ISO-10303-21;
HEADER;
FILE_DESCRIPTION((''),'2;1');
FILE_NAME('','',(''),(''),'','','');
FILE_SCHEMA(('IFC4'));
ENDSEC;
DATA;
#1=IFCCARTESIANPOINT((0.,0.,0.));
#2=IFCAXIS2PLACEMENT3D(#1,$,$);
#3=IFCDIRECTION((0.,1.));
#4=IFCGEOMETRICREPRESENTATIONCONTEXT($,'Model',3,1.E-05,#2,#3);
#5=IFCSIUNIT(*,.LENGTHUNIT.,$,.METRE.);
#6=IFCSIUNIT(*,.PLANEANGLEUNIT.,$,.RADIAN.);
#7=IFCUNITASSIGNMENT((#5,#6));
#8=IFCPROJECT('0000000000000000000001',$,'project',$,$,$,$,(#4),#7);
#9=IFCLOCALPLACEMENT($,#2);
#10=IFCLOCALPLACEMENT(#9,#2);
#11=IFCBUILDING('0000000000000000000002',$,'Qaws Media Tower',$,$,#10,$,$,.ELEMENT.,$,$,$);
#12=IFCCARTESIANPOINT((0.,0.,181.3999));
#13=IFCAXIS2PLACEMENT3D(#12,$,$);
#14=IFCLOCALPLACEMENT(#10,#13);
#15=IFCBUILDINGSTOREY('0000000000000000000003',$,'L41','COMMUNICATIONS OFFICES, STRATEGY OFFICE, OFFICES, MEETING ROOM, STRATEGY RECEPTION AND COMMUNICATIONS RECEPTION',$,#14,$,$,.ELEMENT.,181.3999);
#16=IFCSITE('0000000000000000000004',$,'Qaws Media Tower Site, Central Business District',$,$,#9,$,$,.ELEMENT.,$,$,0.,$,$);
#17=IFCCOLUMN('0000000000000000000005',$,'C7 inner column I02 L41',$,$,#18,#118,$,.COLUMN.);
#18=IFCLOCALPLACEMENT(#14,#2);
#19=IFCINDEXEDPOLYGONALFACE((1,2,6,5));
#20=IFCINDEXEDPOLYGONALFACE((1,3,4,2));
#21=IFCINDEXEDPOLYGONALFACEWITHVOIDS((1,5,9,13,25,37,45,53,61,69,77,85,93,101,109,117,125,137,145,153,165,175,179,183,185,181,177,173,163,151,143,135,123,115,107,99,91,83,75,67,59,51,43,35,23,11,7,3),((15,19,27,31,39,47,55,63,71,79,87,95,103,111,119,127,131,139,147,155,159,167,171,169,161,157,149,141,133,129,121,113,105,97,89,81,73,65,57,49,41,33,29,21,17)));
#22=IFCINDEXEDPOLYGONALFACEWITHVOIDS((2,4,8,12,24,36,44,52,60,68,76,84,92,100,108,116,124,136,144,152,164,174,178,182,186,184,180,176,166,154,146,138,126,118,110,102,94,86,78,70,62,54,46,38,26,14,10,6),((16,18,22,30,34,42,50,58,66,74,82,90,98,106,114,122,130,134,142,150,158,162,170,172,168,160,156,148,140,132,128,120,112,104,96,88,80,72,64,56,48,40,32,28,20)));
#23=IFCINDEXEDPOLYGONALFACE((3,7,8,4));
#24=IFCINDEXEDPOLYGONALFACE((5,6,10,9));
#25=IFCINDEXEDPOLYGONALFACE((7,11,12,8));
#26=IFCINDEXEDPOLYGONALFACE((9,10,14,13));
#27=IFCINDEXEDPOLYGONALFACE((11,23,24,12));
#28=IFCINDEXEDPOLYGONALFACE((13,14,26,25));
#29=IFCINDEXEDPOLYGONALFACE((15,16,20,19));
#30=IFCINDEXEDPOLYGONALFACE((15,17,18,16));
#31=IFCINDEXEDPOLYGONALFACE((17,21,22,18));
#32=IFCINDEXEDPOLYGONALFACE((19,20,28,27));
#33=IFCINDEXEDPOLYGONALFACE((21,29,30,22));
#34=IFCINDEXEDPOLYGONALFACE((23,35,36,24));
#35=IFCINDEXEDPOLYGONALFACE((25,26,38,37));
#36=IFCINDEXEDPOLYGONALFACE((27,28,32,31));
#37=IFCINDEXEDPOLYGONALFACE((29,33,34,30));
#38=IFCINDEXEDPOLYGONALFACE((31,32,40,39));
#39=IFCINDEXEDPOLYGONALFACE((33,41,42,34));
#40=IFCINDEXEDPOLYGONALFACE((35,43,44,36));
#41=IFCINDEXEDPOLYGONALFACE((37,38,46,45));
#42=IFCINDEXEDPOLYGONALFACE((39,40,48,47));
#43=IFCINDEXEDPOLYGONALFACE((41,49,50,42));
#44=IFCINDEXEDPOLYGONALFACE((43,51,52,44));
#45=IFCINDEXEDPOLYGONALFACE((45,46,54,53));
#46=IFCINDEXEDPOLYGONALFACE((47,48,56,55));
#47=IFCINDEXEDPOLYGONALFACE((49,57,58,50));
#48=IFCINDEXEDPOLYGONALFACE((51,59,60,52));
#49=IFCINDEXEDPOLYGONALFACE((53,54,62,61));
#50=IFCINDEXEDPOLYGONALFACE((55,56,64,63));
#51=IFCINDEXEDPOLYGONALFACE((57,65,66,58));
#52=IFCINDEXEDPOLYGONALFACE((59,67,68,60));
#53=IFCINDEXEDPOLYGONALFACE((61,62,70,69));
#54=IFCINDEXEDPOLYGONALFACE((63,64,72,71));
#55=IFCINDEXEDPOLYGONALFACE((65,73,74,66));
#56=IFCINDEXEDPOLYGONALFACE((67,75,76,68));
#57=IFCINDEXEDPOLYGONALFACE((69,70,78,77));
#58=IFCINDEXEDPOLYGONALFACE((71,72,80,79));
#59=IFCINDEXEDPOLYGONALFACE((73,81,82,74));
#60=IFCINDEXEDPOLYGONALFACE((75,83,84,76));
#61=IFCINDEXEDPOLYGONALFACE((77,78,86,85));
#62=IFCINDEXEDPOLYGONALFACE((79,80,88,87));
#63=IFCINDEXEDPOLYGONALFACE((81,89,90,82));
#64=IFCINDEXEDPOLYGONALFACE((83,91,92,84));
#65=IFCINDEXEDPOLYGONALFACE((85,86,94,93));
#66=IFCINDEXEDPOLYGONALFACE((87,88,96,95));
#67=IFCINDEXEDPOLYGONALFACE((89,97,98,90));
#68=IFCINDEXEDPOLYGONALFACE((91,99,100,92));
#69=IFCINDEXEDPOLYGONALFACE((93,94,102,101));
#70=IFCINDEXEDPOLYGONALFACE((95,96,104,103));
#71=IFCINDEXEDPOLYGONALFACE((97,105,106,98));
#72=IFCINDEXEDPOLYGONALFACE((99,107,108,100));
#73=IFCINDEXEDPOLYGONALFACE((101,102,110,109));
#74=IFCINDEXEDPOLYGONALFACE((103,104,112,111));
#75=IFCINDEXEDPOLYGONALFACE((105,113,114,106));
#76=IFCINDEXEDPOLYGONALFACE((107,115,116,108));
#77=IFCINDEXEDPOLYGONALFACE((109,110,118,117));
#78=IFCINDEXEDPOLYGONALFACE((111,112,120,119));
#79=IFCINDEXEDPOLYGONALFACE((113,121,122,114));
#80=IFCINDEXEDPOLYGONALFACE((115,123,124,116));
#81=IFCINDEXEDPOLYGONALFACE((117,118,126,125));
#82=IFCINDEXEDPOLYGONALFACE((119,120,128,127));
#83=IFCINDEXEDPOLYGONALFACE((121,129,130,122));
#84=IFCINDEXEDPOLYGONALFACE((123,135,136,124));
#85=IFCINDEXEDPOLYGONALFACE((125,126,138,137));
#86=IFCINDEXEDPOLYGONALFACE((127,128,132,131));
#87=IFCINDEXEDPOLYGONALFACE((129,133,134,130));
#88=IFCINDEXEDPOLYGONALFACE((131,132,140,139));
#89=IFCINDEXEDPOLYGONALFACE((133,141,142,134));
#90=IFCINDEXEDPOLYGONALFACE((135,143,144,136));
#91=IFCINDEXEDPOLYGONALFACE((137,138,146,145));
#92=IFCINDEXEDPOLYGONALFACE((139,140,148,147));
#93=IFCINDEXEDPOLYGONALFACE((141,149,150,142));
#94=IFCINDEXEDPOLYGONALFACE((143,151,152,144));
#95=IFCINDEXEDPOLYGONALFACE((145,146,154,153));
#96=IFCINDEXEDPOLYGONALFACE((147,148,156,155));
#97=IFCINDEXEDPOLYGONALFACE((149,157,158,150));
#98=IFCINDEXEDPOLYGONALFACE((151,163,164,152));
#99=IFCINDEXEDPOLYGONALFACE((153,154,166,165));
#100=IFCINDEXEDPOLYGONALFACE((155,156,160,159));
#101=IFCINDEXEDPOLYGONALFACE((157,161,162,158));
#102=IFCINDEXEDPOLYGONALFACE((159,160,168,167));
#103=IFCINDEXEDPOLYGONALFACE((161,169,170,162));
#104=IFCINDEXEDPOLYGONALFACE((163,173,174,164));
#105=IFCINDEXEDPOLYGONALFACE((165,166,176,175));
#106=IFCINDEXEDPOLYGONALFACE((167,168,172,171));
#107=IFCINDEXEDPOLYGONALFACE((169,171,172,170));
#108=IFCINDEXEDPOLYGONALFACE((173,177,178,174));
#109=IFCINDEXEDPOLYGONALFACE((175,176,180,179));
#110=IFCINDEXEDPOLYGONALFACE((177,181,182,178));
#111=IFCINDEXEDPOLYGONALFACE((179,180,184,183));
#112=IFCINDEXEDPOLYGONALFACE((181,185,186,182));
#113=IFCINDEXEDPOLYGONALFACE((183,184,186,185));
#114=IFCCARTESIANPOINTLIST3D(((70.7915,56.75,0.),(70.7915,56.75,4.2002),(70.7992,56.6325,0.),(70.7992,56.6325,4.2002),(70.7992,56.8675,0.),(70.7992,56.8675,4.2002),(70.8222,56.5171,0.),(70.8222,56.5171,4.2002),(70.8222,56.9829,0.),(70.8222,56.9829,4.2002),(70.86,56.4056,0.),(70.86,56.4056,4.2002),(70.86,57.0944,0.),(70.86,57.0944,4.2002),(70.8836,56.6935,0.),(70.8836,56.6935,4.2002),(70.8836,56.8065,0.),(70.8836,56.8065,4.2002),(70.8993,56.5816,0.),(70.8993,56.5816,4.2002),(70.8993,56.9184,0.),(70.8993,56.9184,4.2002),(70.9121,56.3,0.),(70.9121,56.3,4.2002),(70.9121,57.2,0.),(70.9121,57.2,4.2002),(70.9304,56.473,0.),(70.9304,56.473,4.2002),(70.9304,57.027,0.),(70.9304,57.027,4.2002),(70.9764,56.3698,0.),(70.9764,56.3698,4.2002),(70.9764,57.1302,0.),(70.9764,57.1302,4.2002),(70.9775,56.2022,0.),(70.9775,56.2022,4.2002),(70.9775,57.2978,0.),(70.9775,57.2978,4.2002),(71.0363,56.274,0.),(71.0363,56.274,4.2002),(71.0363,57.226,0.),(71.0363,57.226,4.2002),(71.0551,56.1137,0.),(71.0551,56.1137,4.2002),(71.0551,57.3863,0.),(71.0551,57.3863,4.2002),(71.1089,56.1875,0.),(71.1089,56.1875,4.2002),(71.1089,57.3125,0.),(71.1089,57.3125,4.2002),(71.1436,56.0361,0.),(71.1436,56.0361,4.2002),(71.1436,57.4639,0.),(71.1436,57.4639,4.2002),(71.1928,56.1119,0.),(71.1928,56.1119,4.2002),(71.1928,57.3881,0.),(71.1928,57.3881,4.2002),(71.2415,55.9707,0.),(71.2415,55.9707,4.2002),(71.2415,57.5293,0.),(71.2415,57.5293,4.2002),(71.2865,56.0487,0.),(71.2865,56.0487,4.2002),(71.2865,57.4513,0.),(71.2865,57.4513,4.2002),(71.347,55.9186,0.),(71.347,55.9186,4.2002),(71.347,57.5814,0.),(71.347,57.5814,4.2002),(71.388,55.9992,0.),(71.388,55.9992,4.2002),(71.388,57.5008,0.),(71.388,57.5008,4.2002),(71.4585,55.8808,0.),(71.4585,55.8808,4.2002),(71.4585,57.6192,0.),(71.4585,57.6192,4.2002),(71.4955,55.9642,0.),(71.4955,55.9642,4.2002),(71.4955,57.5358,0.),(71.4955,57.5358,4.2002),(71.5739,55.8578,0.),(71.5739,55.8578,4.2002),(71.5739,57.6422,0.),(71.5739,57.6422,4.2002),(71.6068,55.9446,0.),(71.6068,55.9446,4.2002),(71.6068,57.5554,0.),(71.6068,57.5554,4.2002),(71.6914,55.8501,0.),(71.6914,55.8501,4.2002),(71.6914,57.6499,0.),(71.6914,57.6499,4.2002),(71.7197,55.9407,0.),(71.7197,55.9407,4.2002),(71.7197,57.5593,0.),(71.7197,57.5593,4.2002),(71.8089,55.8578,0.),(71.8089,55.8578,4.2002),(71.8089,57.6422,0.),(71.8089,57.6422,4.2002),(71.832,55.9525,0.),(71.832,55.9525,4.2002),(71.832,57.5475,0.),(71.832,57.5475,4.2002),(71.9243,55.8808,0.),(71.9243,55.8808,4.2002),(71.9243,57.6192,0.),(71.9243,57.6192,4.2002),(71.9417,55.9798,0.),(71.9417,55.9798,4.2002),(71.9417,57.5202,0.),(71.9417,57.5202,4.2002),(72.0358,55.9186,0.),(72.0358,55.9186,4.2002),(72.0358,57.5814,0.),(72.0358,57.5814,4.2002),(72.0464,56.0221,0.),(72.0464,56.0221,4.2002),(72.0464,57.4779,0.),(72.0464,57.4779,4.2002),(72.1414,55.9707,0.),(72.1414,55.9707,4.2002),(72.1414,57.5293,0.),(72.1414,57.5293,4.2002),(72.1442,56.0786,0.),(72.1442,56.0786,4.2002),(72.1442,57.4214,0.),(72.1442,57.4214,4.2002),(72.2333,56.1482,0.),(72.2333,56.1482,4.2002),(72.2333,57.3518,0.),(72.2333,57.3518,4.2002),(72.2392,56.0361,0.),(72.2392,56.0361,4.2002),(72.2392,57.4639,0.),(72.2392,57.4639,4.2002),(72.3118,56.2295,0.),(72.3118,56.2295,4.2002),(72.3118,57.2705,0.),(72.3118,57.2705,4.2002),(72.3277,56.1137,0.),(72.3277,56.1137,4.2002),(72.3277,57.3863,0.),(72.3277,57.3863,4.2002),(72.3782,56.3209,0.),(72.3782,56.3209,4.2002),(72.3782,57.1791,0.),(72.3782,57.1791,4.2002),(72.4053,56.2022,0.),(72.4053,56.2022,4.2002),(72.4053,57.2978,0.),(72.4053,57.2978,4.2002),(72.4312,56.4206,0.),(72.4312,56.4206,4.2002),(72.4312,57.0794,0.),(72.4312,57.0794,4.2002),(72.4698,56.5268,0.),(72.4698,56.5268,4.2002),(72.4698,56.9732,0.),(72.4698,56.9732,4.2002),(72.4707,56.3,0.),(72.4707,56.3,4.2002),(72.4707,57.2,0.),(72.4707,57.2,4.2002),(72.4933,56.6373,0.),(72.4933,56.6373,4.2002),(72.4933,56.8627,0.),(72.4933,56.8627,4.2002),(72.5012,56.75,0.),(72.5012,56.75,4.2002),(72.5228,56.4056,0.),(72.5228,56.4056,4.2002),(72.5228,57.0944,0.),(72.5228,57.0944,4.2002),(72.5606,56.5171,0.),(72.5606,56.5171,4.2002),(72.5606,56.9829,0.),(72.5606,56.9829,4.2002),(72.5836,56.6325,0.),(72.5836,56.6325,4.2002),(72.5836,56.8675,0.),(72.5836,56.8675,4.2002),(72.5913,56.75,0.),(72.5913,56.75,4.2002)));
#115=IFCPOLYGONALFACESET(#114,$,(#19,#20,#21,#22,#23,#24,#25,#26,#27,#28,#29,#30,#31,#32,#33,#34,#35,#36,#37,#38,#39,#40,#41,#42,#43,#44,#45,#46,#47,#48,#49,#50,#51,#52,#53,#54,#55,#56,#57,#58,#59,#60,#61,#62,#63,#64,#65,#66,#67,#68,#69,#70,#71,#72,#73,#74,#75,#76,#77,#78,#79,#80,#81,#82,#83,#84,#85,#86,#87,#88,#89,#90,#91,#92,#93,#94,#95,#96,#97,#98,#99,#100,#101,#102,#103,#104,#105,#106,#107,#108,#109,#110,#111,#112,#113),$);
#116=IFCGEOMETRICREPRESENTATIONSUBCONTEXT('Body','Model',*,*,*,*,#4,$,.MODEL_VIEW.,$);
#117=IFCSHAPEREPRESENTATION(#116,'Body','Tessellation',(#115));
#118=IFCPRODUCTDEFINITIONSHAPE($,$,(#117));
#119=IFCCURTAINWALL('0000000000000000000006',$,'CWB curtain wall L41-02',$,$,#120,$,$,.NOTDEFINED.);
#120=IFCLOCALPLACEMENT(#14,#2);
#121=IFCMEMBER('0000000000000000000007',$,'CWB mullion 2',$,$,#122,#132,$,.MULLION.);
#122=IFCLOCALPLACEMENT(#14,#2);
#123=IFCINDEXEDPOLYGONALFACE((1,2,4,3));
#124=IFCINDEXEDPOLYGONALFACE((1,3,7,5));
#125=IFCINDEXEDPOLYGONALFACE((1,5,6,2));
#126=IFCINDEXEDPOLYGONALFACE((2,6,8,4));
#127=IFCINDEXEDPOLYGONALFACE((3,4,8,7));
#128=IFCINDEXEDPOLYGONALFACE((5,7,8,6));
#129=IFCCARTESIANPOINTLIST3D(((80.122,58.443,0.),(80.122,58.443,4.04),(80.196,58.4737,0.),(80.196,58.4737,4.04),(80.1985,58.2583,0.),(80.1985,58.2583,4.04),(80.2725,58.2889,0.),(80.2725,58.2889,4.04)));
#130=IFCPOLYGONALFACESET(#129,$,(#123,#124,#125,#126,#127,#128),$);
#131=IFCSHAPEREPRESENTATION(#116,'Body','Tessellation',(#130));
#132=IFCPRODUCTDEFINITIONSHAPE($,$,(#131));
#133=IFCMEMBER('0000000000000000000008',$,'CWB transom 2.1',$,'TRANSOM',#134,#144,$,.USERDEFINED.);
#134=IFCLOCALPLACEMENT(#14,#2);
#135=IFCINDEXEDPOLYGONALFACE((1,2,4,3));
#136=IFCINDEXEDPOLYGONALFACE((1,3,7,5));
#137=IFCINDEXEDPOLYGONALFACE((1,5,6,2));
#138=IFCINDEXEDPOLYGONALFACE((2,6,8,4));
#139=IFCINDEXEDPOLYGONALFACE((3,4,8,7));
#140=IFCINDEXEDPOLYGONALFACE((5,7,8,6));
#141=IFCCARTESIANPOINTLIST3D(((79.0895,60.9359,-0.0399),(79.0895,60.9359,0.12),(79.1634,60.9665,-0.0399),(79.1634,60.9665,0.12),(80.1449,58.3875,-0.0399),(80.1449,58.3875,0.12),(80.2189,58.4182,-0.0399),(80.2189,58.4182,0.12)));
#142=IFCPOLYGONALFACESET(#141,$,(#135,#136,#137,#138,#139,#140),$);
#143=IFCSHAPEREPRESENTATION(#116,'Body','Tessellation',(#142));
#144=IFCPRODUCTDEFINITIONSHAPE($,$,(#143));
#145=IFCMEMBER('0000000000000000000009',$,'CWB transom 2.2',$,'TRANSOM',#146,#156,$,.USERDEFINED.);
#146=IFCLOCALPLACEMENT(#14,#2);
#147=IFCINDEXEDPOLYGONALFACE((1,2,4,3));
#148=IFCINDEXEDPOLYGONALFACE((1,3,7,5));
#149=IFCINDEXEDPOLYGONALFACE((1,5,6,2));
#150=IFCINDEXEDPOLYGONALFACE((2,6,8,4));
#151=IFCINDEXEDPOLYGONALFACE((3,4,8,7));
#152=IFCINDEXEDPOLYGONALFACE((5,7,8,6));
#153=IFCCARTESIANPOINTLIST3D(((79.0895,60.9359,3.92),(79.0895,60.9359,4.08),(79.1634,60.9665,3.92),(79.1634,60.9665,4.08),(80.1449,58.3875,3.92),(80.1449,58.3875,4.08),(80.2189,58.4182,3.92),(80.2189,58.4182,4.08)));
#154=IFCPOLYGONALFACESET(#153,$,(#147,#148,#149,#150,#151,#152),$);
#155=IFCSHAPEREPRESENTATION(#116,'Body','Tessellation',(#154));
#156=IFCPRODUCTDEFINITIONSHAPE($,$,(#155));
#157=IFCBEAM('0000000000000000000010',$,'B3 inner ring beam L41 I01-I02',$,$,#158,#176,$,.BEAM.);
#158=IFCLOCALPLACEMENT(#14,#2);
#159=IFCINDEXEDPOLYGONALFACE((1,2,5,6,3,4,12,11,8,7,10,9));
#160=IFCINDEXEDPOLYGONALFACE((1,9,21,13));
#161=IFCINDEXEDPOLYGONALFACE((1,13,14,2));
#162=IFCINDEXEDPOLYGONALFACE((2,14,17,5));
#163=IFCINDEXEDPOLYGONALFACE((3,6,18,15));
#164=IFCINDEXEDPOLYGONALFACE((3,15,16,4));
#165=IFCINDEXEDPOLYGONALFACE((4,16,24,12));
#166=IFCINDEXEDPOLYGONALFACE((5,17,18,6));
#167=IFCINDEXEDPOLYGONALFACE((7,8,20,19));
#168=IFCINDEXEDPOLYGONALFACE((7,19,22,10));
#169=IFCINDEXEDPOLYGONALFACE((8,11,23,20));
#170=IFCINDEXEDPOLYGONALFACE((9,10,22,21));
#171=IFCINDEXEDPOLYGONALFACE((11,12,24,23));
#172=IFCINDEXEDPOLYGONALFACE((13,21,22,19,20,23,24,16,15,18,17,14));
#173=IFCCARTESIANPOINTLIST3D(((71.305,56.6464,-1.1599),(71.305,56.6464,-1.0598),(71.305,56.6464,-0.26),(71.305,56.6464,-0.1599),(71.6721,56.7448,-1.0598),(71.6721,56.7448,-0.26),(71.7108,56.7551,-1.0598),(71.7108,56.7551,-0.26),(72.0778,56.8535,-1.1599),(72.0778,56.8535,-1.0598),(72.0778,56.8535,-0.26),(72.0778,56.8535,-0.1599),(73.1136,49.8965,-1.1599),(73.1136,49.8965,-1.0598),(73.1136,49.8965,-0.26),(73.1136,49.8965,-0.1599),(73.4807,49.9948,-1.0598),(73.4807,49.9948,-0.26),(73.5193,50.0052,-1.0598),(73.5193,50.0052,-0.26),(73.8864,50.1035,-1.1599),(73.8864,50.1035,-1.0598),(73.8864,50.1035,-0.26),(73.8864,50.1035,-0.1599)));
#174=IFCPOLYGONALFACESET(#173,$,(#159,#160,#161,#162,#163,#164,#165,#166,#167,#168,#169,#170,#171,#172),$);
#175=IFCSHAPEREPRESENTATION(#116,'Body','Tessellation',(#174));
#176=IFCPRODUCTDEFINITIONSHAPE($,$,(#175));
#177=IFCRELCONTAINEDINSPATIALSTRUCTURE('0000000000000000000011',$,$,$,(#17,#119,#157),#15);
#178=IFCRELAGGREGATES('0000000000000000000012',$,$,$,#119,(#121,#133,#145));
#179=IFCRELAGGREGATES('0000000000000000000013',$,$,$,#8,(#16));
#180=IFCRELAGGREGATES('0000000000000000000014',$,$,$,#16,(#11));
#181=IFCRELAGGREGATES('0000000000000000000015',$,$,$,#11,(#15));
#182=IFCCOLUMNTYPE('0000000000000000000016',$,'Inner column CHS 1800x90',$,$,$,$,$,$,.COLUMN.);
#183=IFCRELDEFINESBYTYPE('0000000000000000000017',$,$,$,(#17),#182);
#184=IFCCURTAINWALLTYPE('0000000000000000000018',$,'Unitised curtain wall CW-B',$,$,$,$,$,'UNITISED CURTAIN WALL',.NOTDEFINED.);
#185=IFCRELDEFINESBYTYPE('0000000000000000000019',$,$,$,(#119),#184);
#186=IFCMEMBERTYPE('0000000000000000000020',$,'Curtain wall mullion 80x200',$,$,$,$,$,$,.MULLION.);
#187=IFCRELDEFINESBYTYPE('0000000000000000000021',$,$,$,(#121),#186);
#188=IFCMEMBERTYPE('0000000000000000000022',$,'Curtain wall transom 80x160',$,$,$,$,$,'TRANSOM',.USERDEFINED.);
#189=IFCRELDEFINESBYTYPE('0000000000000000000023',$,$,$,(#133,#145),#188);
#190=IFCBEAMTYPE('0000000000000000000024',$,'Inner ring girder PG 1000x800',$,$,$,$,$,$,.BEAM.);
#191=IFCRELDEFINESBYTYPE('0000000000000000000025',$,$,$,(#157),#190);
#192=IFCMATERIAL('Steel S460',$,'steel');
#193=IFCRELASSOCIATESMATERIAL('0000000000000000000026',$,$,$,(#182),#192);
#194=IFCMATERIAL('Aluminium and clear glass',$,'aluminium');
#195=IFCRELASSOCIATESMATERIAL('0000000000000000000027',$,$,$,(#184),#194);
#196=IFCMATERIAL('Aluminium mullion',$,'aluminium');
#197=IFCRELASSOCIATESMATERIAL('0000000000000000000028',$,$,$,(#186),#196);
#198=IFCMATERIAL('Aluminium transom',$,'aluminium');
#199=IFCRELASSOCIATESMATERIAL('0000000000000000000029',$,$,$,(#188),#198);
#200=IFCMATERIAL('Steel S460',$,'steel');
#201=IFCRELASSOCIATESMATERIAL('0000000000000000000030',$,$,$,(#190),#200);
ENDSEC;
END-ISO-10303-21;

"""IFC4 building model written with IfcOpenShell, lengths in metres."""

from ifc_helpers import new_model, si_unit, direction, frame, origin, origin_2d, place, context, subcontext, project, spatial, rectangle, hollow_circle, i_section, extrude, material, material_profile, profile_set, type_object, element, aggregate, save


model = new_model("IFC4")

# Units and contexts
model_context = context("Model", 3, precision=1e-05, world=origin(), true_north=direction((0.0, 1.0)))
body_context = subcontext(model_context, "Body", "Model", "MODEL_VIEW")
ifc_project = project(units=[si_unit("LENGTHUNIT", "METRE"), si_unit("PLANEANGLEUNIT", "RADIAN")], contexts=[model_context])

# Site, building, storey
site_placement = place(None, origin())
site = spatial("IfcSite", under=ifc_project, at=site_placement, Name="Qaws Media Tower Site, Central Business District", CompositionType="ELEMENT", RefElevation=0.0)
building_placement = place(site_placement, origin())
building = spatial("IfcBuilding", under=site, at=building_placement, Name="Qaws Media Tower", CompositionType="ELEMENT")
storey_placement = place(building_placement, frame((0.0, 0.0, 181.3999)))
storey = spatial("IfcBuildingStorey", under=building, at=storey_placement, Name="L41", Description="COMMUNICATIONS OFFICES, STRATEGY OFFICE, OFFICES, MEETING ROOM, STRATEGY RECEPTION AND COMMUNICATIONS RECEPTION", CompositionType="ELEMENT", Elevation=181.3999)

# Column
ifc_material_1 = material(Name="Steel S460", Category="steel")
ifc_material_profile_1 = material_profile(ifc_material_1, hollow_circle(Radius=0.8999, WallThickness=0.0901, at=origin_2d()), Name="CHS 1800x90")
ifc_profile_set_1 = profile_set([ifc_material_profile_1], Name="Steel S460")
column_type = type_object("IfcColumnType", Name="Inner column CHS 1800x90", PredefinedType="COLUMN", material=ifc_profile_set_1)
for number, where, z_axis, x_axis, name in (
    (1, (71.6914, 56.75, 0.0), (0.0, 0.0, 1.0), (1.0, 0.0, 0.0), "C7 inner column I02 L41"),
):
    element("IfcColumn", number, at=place(storey_placement, frame(where, z_axis=z_axis, x_axis=x_axis)), inside=storey, type_object=column_type, Name=name, PredefinedType="COLUMN", context=body_context, shape_type="SweptSolid", body=[
        extrude(hollow_circle(Radius=0.8999, WallThickness=0.0901, at=origin_2d()), origin(), (0.0, 0.0, 1.0), 4.2002),
    ])

# Curtain wall, members
ifc_material_2 = material(Name="Aluminium and clear glass", Category="aluminium")
curtain_wall_type = type_object("IfcCurtainWallType", Name="Unitised curtain wall CW-B", ElementType="UNITISED CURTAIN WALL", PredefinedType="NOTDEFINED", material=ifc_material_2)
curtain_wall_placement = place(storey_placement, origin())
curtain_wall = element("IfcCurtainWall", 2, at=curtain_wall_placement, inside=storey, type_object=curtain_wall_type, Name="CWB curtain wall L41-02", PredefinedType="NOTDEFINED")
ifc_material_3 = material(Name="Aluminium mullion", Category="aluminium")
ifc_material_profile_2 = material_profile(ifc_material_3, rectangle(XDim=0.0801, YDim=0.2, at=origin_2d()), Name="80x200")
ifc_profile_set_2 = profile_set([ifc_material_profile_2], Name="Aluminium mullion")
member_type_1 = type_object("IfcMemberType", Name="Curtain wall mullion 80x200", PredefinedType="MULLION", material=ifc_profile_set_2)
member_1_placement = place(storey_placement, frame((80.1973, 58.366, 0.0), z_axis=(0.0, 0.0, 1.0), x_axis=(-0.92388, -0.382683, 0.0)))
member_1 = element("IfcMember", 3, at=member_1_placement, type_object=member_type_1, Name="CWB mullion 2", PredefinedType="MULLION", context=body_context, shape_type="SweptSolid", body=[
    extrude(rectangle(XDim=0.0801, YDim=0.2, at=origin_2d()), origin(), (0.0, 0.0, 1.0), 4.04),
])
ifc_material_4 = material(Name="Aluminium transom", Category="aluminium")
ifc_material_profile_3 = material_profile(ifc_material_4, rectangle(XDim=0.0801, YDim=0.1599, at=origin_2d()), Name="80x160")
ifc_profile_set_3 = profile_set([ifc_material_profile_3], Name="Aluminium transom")
member_type_2 = type_object("IfcMemberType", Name="Curtain wall transom 80x160", ElementType="TRANSOM", PredefinedType="USERDEFINED", material=ifc_profile_set_3)
member_2_placement = place(storey_placement, frame((80.1819, 58.4028, 0.04), z_axis=(-0.382641, 0.923897, 0.0), x_axis=(-0.923897, -0.382641, 0.0)))
member_2 = element("IfcMember", 4, at=member_2_placement, type_object=member_type_2, Name="CWB transom 2.1", ObjectType="TRANSOM", PredefinedType="USERDEFINED", context=body_context, shape_type="SweptSolid", body=[
    extrude(rectangle(XDim=0.0801, YDim=0.1599, at=origin_2d()), origin(), (0.0, 0.0, 1.0), 2.7583),
])
member_3_placement = place(storey_placement, frame((80.1819, 58.4028, 4.0), z_axis=(-0.382641, 0.923897, 0.0), x_axis=(-0.923897, -0.382641, 0.0)))
member_3 = element("IfcMember", 5, at=member_3_placement, type_object=member_type_2, Name="CWB transom 2.2", ObjectType="TRANSOM", PredefinedType="USERDEFINED", context=body_context, shape_type="SweptSolid", body=[
    extrude(rectangle(XDim=0.0801, YDim=0.1599, at=origin_2d()), origin(), (0.0, 0.0, 1.0), 2.7583),
])

# Beam
ifc_material_5 = material(Name="Steel S460", Category="steel")
ifc_material_profile_4 = material_profile(ifc_material_5, i_section(OverallWidth=0.8, OverallDepth=1.0, WebThickness=0.04, FlangeThickness=0.1001, at=origin_2d()), Name="PG 1000x800")
ifc_profile_set_4 = profile_set([ifc_material_profile_4], Name="Steel S460")
beam_type_1 = type_object("IfcBeamType", Name="Inner ring girder PG 1000x800", PredefinedType="BEAM", material=ifc_profile_set_4)
beam_1_placement = place(storey_placement, frame((73.5, 50.0, -0.6599), z_axis=(-0.258811, 0.965928, 0.0), x_axis=(-0.965928, -0.258811, 0.0)))
element("IfcBeam", 6, at=beam_1_placement, inside=storey, type_object=beam_type_1, Name="B3 inner ring beam L41 I01-I02", PredefinedType="BEAM", context=body_context, shape_type="SweptSolid", body=[
    extrude(i_section(OverallWidth=0.8, OverallDepth=1.0, WebThickness=0.04, FlangeThickness=0.1001, at=origin_2d()), origin(), (0.0, 0.0, 1.0), 6.988),
])

aggregate(curtain_wall, [member_1, member_2, member_3])

save(model, "model.ifc")
